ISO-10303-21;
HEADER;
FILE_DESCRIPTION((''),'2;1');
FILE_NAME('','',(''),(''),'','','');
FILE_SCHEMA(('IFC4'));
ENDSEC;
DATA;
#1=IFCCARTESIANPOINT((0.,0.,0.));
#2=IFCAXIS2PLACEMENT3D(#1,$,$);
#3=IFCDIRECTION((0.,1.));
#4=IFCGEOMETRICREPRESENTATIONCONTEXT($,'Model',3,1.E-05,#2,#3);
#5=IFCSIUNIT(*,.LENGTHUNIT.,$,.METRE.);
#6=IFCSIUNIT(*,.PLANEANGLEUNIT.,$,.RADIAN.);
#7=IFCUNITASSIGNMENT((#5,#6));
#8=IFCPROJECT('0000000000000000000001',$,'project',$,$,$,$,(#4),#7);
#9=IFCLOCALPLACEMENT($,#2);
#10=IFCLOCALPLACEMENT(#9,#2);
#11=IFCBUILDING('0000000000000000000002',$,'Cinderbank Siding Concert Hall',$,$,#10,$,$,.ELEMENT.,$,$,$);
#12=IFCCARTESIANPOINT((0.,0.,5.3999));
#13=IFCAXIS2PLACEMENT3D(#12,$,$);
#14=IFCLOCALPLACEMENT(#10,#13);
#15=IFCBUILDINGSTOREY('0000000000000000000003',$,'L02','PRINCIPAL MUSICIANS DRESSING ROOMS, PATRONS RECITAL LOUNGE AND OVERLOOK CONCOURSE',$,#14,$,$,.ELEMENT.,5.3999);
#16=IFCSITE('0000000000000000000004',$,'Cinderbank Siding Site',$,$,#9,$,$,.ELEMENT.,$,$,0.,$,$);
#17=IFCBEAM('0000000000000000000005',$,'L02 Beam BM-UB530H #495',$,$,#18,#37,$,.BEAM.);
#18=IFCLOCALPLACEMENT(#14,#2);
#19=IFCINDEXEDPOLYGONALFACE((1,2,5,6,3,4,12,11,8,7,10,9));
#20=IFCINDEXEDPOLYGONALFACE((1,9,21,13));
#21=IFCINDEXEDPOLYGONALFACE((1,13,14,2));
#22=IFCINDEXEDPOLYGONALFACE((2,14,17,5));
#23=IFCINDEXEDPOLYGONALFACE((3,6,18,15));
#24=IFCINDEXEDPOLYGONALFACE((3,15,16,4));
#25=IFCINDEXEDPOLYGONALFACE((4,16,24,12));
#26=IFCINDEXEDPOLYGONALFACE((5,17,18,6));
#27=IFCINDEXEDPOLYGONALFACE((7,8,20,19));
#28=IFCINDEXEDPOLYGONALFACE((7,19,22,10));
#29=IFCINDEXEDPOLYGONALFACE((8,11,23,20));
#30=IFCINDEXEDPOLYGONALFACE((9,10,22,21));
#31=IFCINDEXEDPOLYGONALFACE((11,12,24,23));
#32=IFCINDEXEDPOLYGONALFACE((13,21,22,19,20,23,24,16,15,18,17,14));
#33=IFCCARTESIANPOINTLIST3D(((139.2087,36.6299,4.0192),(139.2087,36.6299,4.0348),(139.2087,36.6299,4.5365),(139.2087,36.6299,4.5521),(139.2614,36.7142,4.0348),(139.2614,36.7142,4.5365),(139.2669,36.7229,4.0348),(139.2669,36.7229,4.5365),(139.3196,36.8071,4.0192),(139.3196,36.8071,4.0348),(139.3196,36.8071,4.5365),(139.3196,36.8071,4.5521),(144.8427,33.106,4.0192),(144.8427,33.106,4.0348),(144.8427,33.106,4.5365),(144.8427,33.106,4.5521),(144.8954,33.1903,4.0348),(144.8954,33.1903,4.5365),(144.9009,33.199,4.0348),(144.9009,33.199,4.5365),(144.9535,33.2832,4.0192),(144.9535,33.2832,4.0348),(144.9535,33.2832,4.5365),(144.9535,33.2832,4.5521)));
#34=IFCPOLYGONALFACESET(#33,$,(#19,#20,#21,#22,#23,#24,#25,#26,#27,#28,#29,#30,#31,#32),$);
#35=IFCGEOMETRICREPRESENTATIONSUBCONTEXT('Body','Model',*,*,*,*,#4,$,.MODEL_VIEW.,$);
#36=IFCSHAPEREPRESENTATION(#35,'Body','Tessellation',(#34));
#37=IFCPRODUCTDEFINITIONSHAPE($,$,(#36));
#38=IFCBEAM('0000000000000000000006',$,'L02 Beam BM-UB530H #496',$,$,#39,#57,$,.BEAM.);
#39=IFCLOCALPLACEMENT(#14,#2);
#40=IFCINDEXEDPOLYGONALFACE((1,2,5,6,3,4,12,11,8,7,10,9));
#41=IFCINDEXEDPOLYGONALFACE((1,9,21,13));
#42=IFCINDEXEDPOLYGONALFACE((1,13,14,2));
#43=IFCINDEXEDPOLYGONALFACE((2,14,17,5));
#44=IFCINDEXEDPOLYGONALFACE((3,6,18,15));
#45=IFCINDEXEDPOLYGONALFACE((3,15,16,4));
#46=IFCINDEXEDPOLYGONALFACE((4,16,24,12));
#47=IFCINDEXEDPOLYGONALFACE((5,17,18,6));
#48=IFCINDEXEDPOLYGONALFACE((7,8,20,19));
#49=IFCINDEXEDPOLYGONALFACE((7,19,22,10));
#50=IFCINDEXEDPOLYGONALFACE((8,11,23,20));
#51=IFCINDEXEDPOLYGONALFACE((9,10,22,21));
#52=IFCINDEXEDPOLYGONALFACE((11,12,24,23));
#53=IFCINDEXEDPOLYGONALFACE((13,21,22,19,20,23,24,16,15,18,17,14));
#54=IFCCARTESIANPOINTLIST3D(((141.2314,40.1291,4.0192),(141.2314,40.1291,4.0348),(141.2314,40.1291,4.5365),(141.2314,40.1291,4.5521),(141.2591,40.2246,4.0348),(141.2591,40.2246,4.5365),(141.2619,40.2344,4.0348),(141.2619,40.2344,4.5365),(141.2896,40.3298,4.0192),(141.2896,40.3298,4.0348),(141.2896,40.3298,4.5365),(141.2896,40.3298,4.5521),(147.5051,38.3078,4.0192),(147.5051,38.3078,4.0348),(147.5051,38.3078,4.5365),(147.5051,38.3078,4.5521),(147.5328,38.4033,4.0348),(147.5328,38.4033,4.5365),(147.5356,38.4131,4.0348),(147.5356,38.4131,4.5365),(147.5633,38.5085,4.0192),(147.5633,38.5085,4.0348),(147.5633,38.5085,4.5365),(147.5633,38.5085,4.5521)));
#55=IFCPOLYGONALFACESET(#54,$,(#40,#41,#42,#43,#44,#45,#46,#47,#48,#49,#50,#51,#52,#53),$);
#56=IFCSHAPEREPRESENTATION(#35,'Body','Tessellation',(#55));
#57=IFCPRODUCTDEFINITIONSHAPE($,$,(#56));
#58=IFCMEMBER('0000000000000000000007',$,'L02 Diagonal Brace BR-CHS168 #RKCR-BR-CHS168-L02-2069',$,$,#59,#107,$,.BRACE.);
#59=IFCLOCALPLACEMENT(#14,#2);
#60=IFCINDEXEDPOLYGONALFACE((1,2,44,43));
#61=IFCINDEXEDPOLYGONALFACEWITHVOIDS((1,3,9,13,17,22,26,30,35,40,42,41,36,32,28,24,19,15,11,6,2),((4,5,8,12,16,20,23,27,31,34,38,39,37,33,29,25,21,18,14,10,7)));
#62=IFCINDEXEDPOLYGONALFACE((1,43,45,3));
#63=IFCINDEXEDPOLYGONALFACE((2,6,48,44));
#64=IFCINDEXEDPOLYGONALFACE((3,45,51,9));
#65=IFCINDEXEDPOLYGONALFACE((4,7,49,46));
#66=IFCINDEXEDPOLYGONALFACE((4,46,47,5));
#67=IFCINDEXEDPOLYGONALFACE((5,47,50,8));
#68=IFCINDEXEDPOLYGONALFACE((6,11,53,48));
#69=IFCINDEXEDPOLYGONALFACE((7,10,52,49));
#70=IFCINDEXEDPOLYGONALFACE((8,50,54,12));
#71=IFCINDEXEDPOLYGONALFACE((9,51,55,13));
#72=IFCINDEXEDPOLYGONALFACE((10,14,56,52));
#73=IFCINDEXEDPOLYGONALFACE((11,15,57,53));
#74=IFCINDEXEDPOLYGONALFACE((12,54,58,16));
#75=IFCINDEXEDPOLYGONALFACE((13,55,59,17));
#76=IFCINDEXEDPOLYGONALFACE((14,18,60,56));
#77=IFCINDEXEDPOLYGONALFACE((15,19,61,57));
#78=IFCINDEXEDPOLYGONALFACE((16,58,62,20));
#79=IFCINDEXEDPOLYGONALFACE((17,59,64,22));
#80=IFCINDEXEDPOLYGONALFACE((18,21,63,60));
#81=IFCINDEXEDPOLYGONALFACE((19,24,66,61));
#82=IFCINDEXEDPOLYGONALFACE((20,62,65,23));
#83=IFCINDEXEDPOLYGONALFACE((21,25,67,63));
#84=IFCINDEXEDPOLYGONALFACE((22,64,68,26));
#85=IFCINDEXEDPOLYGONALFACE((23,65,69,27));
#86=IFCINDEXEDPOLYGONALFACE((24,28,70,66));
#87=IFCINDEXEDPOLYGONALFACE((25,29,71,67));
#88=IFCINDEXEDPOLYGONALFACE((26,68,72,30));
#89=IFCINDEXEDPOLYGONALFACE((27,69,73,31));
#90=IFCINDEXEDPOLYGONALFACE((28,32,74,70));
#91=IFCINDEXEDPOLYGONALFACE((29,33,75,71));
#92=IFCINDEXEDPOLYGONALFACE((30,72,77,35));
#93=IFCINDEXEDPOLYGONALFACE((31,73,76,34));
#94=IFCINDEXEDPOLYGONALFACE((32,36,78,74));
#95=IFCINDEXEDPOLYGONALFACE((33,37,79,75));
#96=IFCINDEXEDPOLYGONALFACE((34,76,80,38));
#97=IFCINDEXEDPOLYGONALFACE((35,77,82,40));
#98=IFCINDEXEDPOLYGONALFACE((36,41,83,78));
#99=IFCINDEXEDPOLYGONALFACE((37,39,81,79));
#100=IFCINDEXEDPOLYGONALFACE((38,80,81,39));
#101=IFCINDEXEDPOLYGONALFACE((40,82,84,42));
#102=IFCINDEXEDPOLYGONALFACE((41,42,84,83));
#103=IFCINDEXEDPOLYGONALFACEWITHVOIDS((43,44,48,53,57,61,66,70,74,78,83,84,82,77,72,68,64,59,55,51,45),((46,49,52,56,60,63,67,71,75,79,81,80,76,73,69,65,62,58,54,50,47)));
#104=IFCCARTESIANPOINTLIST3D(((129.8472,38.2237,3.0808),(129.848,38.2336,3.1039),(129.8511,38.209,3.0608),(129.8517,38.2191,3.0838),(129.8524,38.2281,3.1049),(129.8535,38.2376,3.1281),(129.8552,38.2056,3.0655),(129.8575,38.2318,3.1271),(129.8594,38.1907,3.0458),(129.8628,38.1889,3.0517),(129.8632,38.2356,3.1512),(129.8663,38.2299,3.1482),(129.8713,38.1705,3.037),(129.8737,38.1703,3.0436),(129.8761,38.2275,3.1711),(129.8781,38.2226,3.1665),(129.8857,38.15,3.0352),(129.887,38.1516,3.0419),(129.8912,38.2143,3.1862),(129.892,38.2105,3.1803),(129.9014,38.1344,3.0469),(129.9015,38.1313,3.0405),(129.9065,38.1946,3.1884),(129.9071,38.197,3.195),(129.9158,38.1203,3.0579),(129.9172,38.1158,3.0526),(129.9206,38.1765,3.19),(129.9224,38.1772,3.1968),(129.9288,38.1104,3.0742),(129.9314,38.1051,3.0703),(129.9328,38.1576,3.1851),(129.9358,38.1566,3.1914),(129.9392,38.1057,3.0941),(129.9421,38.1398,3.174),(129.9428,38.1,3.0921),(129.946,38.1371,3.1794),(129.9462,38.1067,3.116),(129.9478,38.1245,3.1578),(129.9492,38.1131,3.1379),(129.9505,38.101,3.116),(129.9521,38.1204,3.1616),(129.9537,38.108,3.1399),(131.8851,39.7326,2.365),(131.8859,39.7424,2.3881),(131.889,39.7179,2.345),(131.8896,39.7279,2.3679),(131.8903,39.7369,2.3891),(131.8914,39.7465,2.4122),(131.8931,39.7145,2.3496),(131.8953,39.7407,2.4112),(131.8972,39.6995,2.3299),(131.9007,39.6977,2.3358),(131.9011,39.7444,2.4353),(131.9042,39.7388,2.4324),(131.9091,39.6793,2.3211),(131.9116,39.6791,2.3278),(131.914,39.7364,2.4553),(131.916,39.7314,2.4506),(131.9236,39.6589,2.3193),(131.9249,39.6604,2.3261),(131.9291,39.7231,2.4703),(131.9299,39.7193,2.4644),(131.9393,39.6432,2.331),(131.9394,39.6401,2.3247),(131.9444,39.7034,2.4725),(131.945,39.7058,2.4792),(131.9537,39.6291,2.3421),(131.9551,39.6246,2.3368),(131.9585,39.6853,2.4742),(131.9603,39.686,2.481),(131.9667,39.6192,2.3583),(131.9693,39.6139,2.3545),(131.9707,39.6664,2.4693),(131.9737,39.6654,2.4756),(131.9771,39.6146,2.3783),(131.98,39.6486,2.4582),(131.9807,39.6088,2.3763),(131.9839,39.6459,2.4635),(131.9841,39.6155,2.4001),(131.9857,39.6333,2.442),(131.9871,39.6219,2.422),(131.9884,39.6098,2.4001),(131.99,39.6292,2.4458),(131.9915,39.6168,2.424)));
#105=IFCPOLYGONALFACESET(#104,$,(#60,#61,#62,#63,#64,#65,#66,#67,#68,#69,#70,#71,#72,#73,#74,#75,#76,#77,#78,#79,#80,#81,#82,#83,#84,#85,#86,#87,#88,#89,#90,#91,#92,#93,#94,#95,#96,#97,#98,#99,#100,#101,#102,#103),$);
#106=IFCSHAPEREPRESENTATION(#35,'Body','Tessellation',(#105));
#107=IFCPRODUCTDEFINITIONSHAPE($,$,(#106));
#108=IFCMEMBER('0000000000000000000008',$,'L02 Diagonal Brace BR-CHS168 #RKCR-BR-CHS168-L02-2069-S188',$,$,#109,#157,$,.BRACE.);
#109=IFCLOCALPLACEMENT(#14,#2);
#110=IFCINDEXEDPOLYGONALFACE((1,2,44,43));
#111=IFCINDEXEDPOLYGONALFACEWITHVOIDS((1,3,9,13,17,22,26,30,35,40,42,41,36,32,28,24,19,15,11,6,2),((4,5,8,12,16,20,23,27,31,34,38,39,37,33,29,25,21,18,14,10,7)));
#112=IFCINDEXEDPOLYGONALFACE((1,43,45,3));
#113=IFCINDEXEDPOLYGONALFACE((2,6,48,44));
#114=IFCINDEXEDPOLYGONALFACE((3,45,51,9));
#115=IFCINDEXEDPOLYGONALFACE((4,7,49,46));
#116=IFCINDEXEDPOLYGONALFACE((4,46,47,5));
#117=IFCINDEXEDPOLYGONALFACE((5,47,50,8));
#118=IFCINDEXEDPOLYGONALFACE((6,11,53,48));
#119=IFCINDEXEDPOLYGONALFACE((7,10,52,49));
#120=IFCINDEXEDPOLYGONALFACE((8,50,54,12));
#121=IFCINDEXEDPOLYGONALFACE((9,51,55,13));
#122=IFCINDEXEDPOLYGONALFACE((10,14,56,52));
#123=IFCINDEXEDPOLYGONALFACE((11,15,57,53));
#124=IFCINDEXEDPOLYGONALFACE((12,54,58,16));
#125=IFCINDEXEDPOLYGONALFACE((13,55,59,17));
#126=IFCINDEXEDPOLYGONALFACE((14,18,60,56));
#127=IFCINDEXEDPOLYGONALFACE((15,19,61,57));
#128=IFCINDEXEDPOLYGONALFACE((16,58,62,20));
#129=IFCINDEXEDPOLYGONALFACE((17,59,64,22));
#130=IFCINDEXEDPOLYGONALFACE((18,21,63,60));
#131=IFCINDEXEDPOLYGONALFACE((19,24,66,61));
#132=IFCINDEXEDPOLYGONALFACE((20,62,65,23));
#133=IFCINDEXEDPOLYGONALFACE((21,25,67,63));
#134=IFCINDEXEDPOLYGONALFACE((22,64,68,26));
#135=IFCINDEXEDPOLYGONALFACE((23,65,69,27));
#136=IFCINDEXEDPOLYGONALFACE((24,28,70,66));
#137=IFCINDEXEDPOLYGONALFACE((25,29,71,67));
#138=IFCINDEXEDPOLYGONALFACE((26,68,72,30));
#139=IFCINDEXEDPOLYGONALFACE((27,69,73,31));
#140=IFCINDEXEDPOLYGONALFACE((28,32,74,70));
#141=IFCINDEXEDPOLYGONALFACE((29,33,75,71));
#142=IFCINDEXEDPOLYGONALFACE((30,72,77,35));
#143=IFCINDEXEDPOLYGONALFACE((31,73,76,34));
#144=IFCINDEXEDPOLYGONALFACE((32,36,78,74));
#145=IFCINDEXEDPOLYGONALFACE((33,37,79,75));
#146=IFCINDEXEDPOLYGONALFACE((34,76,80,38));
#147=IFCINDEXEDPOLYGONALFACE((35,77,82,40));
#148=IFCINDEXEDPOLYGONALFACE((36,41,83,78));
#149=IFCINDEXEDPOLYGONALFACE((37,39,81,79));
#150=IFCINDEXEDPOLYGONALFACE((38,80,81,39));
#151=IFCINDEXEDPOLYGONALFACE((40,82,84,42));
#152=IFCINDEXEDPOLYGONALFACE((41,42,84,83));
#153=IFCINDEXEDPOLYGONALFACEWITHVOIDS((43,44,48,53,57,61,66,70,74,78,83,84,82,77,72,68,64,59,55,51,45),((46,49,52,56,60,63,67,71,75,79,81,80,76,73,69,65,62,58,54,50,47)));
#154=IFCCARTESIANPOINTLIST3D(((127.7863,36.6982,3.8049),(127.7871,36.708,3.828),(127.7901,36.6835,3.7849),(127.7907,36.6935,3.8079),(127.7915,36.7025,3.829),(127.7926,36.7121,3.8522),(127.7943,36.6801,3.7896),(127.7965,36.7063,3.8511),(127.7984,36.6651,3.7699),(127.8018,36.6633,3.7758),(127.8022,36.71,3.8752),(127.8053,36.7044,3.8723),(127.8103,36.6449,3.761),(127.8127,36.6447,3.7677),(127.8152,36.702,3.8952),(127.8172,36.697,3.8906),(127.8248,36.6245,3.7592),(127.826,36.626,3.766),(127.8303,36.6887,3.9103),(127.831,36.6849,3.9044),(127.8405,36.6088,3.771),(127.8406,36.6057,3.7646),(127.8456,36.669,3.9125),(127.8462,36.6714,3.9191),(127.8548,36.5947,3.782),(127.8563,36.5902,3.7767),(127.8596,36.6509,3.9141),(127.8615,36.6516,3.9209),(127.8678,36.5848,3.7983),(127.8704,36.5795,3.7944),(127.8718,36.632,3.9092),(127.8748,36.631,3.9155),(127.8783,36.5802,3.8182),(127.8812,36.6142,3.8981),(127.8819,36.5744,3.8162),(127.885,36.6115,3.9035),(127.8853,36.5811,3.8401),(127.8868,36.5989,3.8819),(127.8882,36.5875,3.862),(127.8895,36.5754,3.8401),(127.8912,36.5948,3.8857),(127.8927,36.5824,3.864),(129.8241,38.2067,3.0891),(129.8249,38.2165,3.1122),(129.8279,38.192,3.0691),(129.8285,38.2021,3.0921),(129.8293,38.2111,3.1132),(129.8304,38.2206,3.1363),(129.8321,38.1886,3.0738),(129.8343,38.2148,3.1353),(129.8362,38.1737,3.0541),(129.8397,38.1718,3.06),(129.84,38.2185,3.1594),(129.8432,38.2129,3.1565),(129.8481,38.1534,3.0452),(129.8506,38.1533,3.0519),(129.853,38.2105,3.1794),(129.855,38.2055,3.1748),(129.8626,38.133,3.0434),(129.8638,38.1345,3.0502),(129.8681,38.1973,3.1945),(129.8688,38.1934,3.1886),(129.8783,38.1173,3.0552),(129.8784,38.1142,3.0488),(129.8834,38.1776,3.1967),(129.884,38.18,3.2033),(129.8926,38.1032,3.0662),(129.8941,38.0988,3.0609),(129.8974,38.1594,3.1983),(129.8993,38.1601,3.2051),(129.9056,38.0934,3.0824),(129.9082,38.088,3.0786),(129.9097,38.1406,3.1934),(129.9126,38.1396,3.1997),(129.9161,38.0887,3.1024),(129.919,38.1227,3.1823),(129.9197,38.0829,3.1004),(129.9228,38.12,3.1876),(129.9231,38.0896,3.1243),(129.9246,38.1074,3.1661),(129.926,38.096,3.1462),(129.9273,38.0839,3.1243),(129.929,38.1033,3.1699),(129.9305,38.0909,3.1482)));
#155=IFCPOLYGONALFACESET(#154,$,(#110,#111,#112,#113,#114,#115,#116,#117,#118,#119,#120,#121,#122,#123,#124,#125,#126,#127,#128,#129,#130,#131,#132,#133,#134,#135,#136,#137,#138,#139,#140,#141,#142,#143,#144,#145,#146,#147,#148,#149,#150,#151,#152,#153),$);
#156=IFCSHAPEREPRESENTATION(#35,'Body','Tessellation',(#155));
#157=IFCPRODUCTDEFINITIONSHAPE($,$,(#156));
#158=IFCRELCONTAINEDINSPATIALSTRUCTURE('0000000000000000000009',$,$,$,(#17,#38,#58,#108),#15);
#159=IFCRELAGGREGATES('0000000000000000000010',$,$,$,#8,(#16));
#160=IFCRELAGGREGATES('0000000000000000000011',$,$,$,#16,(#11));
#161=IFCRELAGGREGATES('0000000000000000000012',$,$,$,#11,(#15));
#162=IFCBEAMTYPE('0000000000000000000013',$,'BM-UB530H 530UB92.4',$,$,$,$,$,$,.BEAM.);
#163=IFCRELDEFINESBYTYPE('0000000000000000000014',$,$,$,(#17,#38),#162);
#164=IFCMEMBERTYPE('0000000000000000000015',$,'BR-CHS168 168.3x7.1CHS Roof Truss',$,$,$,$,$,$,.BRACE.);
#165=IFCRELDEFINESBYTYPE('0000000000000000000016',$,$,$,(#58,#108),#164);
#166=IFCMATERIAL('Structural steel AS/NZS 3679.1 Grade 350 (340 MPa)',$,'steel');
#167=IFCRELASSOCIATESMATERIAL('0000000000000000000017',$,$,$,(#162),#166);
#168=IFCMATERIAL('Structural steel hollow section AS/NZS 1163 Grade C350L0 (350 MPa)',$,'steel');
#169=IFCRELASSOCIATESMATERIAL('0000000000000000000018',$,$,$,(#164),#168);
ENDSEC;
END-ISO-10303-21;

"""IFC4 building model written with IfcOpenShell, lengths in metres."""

from ifc_helpers import new_model, si_unit, direction, frame, origin, origin_2d, place, context, subcontext, project, spatial, hollow_circle, i_section, extrude, material, material_profile, profile_set, type_object, element, save


model = new_model("IFC4")

# Units and contexts
model_context = context("Model", 3, precision=1e-05, world=origin(), true_north=direction((0.0, 1.0)))
body_context = subcontext(model_context, "Body", "Model", "MODEL_VIEW")
ifc_project = project(units=[si_unit("LENGTHUNIT", "METRE"), si_unit("PLANEANGLEUNIT", "RADIAN")], contexts=[model_context])

# Site, building, storey
site_placement = place(None, origin())
site = spatial("IfcSite", under=ifc_project, at=site_placement, Name="Cinderbank Siding Site", CompositionType="ELEMENT", RefElevation=0.0)
building_placement = place(site_placement, origin())
building = spatial("IfcBuilding", under=site, at=building_placement, Name="Cinderbank Siding Concert Hall", CompositionType="ELEMENT")
storey_placement = place(building_placement, frame((0.0, 0.0, 5.3999)))
storey = spatial("IfcBuildingStorey", under=building, at=storey_placement, Name="L02", Description="PRINCIPAL MUSICIANS DRESSING ROOMS, PATRONS RECITAL LOUNGE AND OVERLOOK CONCOURSE", CompositionType="ELEMENT", Elevation=5.3999)

# Shared definitions
ifc_material_1 = material(Name="Structural steel hollow section AS/NZS 1163 Grade C350L0 (350 MPa)", Category="steel")

# Beams
ifc_material_2 = material(Name="Structural steel AS/NZS 3679.1 Grade 350 (340 MPa)", Category="steel")
ifc_material_profile_1 = material_profile(ifc_material_2, i_section(OverallWidth=0.209, OverallDepth=0.533, WebThickness=0.0103, FlangeThickness=0.0156, at=origin_2d()), Name="530UB92.4", Category="LoadBearing")
ifc_profile_set_1 = profile_set([ifc_material_profile_1], Name="Structural steel AS/NZS 3679.1 Grade 350 (340 MPa)")
beam_type_1 = type_object("IfcBeamType", Name="BM-UB530H 530UB92.4", PredefinedType="BEAM", material=ifc_profile_set_1)
beam_1_placement = place(storey_placement, frame((139.2642, 36.7185, 4.2856), z_axis=(0.847819, -0.530286, 0.0), x_axis=(0.530286, 0.847819, 0.0)))
element("IfcBeam", 1, at=beam_1_placement, inside=storey, type_object=beam_type_1, Name="L02 Beam BM-UB530H #495", PredefinedType="BEAM", context=body_context, shape_type="SweptSolid", body=[
    extrude(i_section(OverallWidth=0.209, OverallDepth=0.533, WebThickness=0.0103, FlangeThickness=0.0156, at=origin_2d()), origin(), (0.0, 0.0, 1.0), 6.6453),
])
beam_2_placement = place(storey_placement, frame((141.2605, 40.2295, 4.2856), z_axis=(0.96035, -0.278796, 0.0), x_axis=(0.278796, 0.96035, 0.0)))
element("IfcBeam", 2, at=beam_2_placement, inside=storey, type_object=beam_type_1, Name="L02 Beam BM-UB530H #496", PredefinedType="BEAM", context=body_context, shape_type="SweptSolid", body=[
    extrude(i_section(OverallWidth=0.209, OverallDepth=0.533, WebThickness=0.0103, FlangeThickness=0.0156, at=origin_2d()), origin(), (0.0, 0.0, 1.0), 6.5327),
])

# Members
ifc_material_profile_2 = material_profile(ifc_material_1, hollow_circle(Radius=0.0842, WallThickness=0.0071, at=origin_2d()), Name="168.3x7.1CHS", Category="LoadBearing")
ifc_profile_set_2 = profile_set([ifc_material_profile_2], Name="Structural steel hollow section AS/NZS 1163 Grade C350L0 (350 MPa)")
member_type_1 = type_object("IfcMemberType", Name="BR-CHS168 168.3x7.1CHS Roof Truss", PredefinedType="BRACE", material=ifc_profile_set_2)
member_1_placement = place(storey_placement, frame((131.9382, 39.6775, 2.4001), z_axis=(-0.773463, -0.572661, 0.27169), x_axis=(0.595043, -0.803694, 0.0)))
element("IfcMember", 3, at=member_1_placement, inside=storey, type_object=member_type_1, Name="L02 Diagonal Brace BR-CHS168 #RKCR-BR-CHS168-L02-2069", PredefinedType="BRACE", context=body_context, shape_type="SweptSolid", body=[
    extrude(hollow_circle(Radius=0.0842, WallThickness=0.0071, at=origin_2d()), origin(), (0.0, 0.0, 1.0), 2.6348),
])
member_2_placement = place(storey_placement, frame((129.8772, 38.1516, 3.1243), z_axis=(-0.773504, -0.572598, 0.271704), x_axis=(0.594981, -0.80374, 0.0)))
element("IfcMember", 4, at=member_2_placement, inside=storey, type_object=member_type_1, Name="L02 Diagonal Brace BR-CHS168 #RKCR-BR-CHS168-L02-2069-S188", PredefinedType="BRACE", context=body_context, shape_type="SweptSolid", body=[
    extrude(hollow_circle(Radius=0.0842, WallThickness=0.0071, at=origin_2d()), origin(), (0.0, 0.0, 1.0), 2.6345),
])

save(model, "model.ifc")
